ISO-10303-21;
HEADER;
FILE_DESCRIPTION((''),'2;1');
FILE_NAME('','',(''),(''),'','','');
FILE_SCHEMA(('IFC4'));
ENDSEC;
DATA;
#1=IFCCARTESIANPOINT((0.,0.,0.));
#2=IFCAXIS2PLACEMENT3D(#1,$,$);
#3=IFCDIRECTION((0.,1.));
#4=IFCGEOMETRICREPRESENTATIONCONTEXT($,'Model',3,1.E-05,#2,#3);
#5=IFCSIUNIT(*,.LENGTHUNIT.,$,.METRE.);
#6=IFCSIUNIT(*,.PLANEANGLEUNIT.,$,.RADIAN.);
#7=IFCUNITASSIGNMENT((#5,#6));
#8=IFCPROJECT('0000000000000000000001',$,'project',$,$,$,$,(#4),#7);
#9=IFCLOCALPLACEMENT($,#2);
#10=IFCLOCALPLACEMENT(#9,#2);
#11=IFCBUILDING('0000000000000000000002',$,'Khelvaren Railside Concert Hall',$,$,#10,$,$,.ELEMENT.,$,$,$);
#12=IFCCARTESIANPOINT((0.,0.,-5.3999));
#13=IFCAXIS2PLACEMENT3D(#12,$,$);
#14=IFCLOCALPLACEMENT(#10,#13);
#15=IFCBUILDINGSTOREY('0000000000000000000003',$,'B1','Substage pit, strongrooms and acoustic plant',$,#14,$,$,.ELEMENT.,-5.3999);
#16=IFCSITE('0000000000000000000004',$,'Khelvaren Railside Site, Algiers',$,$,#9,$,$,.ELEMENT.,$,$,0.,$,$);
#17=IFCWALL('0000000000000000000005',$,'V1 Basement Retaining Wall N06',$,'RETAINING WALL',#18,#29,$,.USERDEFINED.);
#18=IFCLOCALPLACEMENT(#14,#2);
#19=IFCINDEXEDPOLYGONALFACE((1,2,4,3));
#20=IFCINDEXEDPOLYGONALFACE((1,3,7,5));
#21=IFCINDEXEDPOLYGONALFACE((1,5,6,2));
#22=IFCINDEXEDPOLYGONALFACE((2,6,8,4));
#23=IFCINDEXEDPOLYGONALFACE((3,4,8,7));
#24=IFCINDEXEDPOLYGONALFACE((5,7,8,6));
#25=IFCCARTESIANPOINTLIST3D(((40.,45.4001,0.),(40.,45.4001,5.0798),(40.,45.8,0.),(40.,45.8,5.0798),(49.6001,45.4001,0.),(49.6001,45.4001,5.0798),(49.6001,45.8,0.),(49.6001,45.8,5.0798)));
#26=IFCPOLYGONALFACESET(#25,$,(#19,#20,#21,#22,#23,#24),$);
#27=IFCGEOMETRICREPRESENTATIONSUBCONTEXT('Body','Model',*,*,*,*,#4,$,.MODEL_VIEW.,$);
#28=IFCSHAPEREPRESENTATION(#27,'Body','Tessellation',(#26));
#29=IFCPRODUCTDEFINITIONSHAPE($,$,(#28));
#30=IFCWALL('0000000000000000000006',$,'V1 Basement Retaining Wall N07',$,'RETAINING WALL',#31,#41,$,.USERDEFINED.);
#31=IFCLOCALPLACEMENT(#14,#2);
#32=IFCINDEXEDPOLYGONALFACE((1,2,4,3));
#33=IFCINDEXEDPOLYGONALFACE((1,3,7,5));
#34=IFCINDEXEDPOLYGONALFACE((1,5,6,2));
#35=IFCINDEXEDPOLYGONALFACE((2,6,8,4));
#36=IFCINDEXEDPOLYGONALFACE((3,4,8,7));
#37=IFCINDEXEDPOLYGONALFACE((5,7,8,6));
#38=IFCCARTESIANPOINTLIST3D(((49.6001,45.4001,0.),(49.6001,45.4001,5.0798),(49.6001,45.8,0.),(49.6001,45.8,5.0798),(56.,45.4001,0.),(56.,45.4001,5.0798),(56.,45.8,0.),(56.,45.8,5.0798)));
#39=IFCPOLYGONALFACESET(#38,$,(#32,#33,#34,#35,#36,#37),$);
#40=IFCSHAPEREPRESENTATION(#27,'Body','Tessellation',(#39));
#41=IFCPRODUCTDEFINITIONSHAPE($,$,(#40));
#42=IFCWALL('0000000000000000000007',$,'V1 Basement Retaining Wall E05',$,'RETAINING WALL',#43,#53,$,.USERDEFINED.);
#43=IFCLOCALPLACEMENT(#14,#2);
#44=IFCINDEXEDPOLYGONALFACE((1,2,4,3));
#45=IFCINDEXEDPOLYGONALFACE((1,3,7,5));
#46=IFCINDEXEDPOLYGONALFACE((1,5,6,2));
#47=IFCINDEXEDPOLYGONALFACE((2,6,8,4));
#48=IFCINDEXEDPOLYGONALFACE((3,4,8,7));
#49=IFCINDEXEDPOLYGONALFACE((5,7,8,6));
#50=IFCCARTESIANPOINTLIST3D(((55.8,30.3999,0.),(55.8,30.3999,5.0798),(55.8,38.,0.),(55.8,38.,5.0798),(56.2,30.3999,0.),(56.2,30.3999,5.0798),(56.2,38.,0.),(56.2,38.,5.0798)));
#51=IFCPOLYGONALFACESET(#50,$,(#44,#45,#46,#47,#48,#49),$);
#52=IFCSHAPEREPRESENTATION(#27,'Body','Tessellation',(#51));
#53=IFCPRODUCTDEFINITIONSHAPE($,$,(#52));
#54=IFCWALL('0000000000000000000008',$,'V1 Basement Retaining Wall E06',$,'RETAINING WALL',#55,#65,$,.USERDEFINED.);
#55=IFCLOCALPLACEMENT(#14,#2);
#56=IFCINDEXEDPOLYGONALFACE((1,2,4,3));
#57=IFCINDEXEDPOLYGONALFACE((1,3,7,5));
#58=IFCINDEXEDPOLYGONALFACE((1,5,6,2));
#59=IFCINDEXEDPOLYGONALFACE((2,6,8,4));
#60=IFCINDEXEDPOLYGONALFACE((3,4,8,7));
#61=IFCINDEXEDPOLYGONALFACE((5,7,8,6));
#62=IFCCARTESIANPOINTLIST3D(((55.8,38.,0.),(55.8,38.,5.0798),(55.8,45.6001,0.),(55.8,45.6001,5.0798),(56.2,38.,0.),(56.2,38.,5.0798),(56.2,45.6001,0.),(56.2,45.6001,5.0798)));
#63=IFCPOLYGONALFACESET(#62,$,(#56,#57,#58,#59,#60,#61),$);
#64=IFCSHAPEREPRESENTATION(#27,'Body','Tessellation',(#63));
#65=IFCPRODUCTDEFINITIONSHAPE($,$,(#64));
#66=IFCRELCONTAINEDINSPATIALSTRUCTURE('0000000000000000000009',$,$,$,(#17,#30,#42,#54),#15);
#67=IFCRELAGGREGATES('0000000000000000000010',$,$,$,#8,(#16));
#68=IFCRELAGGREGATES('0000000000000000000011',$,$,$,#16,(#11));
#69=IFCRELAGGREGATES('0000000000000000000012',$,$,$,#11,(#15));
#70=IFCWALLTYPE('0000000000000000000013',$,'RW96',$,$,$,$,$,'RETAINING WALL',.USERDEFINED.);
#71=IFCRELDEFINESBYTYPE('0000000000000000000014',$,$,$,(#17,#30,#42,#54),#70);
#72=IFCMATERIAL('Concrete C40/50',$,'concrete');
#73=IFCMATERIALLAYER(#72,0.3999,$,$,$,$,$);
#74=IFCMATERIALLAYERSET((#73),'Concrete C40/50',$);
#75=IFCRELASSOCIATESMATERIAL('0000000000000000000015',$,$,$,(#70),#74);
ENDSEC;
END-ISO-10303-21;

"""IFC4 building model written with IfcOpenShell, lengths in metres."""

from ifc_helpers import new_model, si_unit, direction, frame, frame_2d, origin, place, context, subcontext, project, spatial, rectangle, extrude, material, layer, layer_set, type_object, element, save


model = new_model("IFC4")

# Units and contexts
model_context = context("Model", 3, precision=1e-05, world=origin(), true_north=direction((0.0, 1.0)))
body_context = subcontext(model_context, "Body", "Model", "MODEL_VIEW")
ifc_project = project(units=[si_unit("LENGTHUNIT", "METRE"), si_unit("PLANEANGLEUNIT", "RADIAN")], contexts=[model_context])

# Site, building, storey
site_placement = place(None, origin())
site = spatial("IfcSite", under=ifc_project, at=site_placement, Name="Khelvaren Railside Site, Algiers", CompositionType="ELEMENT", RefElevation=0.0)
building_placement = place(site_placement, origin())
building = spatial("IfcBuilding", under=site, at=building_placement, Name="Khelvaren Railside Concert Hall", CompositionType="ELEMENT")
storey_placement = place(building_placement, frame((0.0, 0.0, -5.3999)))
storey = spatial("IfcBuildingStorey", under=building, at=storey_placement, Name="B1", Description="Substage pit, strongrooms and acoustic plant", CompositionType="ELEMENT", Elevation=-5.3999)

# Walls
ifc_material_1 = material(Name="Concrete C40/50", Category="concrete")
ifc_layer = layer(ifc_material_1, 0.3999)
ifc_layer_set = layer_set([ifc_layer], Name="Concrete C40/50")
wall_type = type_object("IfcWallType", Name="RW96", ElementType="RETAINING WALL", PredefinedType="USERDEFINED", material=ifc_layer_set)
wall_1_placement = place(storey_placement, frame((49.6001, 45.6001, 0.0), z_axis=(0.0, 0.0, 1.0), x_axis=(-1.0, 0.0, 0.0)))
element("IfcWall", 1, at=wall_1_placement, inside=storey, type_object=wall_type, Name="V1 Basement Retaining Wall N06", ObjectType="RETAINING WALL", PredefinedType="USERDEFINED", context=body_context, shape_type="SweptSolid", body=[
    extrude(rectangle(XDim=9.6001, YDim=0.3999, at=frame_2d((4.8, 0.0))), origin(), (0.0, 0.0, 1.0), 5.0798),
])
wall_2_placement = place(storey_placement, frame((56.0, 45.6001, 0.0), z_axis=(0.0, 0.0, 1.0), x_axis=(-1.0, 0.0, 0.0)))
element("IfcWall", 2, at=wall_2_placement, inside=storey, type_object=wall_type, Name="V1 Basement Retaining Wall N07", ObjectType="RETAINING WALL", PredefinedType="USERDEFINED", context=body_context, shape_type="SweptSolid", body=[
    extrude(rectangle(XDim=6.3999, YDim=0.3999, at=frame_2d((3.2, 0.0))), origin(), (0.0, 0.0, 1.0), 5.0798),
])
for number, where, z_axis, x_axis, name in (
    (3, (56.0, 30.3999, 0.0), (0.0, 0.0, 1.0), (0.0, 1.0, 0.0), "V1 Basement Retaining Wall E05"),
    (4, (56.0, 38.0, 0.0), (0.0, 0.0, 1.0), (0.0, 1.0, 0.0), "V1 Basement Retaining Wall E06"),
):
    element("IfcWall", number, at=place(storey_placement, frame(where, z_axis=z_axis, x_axis=x_axis)), inside=storey, type_object=wall_type, Name=name, ObjectType="RETAINING WALL", PredefinedType="USERDEFINED", context=body_context, shape_type="SweptSolid", body=[
        extrude(rectangle(XDim=7.6001, YDim=0.3999, at=frame_2d((3.8, 0.0))), origin(), (0.0, 0.0, 1.0), 5.0798),
    ])

save(model, "model.ifc")
